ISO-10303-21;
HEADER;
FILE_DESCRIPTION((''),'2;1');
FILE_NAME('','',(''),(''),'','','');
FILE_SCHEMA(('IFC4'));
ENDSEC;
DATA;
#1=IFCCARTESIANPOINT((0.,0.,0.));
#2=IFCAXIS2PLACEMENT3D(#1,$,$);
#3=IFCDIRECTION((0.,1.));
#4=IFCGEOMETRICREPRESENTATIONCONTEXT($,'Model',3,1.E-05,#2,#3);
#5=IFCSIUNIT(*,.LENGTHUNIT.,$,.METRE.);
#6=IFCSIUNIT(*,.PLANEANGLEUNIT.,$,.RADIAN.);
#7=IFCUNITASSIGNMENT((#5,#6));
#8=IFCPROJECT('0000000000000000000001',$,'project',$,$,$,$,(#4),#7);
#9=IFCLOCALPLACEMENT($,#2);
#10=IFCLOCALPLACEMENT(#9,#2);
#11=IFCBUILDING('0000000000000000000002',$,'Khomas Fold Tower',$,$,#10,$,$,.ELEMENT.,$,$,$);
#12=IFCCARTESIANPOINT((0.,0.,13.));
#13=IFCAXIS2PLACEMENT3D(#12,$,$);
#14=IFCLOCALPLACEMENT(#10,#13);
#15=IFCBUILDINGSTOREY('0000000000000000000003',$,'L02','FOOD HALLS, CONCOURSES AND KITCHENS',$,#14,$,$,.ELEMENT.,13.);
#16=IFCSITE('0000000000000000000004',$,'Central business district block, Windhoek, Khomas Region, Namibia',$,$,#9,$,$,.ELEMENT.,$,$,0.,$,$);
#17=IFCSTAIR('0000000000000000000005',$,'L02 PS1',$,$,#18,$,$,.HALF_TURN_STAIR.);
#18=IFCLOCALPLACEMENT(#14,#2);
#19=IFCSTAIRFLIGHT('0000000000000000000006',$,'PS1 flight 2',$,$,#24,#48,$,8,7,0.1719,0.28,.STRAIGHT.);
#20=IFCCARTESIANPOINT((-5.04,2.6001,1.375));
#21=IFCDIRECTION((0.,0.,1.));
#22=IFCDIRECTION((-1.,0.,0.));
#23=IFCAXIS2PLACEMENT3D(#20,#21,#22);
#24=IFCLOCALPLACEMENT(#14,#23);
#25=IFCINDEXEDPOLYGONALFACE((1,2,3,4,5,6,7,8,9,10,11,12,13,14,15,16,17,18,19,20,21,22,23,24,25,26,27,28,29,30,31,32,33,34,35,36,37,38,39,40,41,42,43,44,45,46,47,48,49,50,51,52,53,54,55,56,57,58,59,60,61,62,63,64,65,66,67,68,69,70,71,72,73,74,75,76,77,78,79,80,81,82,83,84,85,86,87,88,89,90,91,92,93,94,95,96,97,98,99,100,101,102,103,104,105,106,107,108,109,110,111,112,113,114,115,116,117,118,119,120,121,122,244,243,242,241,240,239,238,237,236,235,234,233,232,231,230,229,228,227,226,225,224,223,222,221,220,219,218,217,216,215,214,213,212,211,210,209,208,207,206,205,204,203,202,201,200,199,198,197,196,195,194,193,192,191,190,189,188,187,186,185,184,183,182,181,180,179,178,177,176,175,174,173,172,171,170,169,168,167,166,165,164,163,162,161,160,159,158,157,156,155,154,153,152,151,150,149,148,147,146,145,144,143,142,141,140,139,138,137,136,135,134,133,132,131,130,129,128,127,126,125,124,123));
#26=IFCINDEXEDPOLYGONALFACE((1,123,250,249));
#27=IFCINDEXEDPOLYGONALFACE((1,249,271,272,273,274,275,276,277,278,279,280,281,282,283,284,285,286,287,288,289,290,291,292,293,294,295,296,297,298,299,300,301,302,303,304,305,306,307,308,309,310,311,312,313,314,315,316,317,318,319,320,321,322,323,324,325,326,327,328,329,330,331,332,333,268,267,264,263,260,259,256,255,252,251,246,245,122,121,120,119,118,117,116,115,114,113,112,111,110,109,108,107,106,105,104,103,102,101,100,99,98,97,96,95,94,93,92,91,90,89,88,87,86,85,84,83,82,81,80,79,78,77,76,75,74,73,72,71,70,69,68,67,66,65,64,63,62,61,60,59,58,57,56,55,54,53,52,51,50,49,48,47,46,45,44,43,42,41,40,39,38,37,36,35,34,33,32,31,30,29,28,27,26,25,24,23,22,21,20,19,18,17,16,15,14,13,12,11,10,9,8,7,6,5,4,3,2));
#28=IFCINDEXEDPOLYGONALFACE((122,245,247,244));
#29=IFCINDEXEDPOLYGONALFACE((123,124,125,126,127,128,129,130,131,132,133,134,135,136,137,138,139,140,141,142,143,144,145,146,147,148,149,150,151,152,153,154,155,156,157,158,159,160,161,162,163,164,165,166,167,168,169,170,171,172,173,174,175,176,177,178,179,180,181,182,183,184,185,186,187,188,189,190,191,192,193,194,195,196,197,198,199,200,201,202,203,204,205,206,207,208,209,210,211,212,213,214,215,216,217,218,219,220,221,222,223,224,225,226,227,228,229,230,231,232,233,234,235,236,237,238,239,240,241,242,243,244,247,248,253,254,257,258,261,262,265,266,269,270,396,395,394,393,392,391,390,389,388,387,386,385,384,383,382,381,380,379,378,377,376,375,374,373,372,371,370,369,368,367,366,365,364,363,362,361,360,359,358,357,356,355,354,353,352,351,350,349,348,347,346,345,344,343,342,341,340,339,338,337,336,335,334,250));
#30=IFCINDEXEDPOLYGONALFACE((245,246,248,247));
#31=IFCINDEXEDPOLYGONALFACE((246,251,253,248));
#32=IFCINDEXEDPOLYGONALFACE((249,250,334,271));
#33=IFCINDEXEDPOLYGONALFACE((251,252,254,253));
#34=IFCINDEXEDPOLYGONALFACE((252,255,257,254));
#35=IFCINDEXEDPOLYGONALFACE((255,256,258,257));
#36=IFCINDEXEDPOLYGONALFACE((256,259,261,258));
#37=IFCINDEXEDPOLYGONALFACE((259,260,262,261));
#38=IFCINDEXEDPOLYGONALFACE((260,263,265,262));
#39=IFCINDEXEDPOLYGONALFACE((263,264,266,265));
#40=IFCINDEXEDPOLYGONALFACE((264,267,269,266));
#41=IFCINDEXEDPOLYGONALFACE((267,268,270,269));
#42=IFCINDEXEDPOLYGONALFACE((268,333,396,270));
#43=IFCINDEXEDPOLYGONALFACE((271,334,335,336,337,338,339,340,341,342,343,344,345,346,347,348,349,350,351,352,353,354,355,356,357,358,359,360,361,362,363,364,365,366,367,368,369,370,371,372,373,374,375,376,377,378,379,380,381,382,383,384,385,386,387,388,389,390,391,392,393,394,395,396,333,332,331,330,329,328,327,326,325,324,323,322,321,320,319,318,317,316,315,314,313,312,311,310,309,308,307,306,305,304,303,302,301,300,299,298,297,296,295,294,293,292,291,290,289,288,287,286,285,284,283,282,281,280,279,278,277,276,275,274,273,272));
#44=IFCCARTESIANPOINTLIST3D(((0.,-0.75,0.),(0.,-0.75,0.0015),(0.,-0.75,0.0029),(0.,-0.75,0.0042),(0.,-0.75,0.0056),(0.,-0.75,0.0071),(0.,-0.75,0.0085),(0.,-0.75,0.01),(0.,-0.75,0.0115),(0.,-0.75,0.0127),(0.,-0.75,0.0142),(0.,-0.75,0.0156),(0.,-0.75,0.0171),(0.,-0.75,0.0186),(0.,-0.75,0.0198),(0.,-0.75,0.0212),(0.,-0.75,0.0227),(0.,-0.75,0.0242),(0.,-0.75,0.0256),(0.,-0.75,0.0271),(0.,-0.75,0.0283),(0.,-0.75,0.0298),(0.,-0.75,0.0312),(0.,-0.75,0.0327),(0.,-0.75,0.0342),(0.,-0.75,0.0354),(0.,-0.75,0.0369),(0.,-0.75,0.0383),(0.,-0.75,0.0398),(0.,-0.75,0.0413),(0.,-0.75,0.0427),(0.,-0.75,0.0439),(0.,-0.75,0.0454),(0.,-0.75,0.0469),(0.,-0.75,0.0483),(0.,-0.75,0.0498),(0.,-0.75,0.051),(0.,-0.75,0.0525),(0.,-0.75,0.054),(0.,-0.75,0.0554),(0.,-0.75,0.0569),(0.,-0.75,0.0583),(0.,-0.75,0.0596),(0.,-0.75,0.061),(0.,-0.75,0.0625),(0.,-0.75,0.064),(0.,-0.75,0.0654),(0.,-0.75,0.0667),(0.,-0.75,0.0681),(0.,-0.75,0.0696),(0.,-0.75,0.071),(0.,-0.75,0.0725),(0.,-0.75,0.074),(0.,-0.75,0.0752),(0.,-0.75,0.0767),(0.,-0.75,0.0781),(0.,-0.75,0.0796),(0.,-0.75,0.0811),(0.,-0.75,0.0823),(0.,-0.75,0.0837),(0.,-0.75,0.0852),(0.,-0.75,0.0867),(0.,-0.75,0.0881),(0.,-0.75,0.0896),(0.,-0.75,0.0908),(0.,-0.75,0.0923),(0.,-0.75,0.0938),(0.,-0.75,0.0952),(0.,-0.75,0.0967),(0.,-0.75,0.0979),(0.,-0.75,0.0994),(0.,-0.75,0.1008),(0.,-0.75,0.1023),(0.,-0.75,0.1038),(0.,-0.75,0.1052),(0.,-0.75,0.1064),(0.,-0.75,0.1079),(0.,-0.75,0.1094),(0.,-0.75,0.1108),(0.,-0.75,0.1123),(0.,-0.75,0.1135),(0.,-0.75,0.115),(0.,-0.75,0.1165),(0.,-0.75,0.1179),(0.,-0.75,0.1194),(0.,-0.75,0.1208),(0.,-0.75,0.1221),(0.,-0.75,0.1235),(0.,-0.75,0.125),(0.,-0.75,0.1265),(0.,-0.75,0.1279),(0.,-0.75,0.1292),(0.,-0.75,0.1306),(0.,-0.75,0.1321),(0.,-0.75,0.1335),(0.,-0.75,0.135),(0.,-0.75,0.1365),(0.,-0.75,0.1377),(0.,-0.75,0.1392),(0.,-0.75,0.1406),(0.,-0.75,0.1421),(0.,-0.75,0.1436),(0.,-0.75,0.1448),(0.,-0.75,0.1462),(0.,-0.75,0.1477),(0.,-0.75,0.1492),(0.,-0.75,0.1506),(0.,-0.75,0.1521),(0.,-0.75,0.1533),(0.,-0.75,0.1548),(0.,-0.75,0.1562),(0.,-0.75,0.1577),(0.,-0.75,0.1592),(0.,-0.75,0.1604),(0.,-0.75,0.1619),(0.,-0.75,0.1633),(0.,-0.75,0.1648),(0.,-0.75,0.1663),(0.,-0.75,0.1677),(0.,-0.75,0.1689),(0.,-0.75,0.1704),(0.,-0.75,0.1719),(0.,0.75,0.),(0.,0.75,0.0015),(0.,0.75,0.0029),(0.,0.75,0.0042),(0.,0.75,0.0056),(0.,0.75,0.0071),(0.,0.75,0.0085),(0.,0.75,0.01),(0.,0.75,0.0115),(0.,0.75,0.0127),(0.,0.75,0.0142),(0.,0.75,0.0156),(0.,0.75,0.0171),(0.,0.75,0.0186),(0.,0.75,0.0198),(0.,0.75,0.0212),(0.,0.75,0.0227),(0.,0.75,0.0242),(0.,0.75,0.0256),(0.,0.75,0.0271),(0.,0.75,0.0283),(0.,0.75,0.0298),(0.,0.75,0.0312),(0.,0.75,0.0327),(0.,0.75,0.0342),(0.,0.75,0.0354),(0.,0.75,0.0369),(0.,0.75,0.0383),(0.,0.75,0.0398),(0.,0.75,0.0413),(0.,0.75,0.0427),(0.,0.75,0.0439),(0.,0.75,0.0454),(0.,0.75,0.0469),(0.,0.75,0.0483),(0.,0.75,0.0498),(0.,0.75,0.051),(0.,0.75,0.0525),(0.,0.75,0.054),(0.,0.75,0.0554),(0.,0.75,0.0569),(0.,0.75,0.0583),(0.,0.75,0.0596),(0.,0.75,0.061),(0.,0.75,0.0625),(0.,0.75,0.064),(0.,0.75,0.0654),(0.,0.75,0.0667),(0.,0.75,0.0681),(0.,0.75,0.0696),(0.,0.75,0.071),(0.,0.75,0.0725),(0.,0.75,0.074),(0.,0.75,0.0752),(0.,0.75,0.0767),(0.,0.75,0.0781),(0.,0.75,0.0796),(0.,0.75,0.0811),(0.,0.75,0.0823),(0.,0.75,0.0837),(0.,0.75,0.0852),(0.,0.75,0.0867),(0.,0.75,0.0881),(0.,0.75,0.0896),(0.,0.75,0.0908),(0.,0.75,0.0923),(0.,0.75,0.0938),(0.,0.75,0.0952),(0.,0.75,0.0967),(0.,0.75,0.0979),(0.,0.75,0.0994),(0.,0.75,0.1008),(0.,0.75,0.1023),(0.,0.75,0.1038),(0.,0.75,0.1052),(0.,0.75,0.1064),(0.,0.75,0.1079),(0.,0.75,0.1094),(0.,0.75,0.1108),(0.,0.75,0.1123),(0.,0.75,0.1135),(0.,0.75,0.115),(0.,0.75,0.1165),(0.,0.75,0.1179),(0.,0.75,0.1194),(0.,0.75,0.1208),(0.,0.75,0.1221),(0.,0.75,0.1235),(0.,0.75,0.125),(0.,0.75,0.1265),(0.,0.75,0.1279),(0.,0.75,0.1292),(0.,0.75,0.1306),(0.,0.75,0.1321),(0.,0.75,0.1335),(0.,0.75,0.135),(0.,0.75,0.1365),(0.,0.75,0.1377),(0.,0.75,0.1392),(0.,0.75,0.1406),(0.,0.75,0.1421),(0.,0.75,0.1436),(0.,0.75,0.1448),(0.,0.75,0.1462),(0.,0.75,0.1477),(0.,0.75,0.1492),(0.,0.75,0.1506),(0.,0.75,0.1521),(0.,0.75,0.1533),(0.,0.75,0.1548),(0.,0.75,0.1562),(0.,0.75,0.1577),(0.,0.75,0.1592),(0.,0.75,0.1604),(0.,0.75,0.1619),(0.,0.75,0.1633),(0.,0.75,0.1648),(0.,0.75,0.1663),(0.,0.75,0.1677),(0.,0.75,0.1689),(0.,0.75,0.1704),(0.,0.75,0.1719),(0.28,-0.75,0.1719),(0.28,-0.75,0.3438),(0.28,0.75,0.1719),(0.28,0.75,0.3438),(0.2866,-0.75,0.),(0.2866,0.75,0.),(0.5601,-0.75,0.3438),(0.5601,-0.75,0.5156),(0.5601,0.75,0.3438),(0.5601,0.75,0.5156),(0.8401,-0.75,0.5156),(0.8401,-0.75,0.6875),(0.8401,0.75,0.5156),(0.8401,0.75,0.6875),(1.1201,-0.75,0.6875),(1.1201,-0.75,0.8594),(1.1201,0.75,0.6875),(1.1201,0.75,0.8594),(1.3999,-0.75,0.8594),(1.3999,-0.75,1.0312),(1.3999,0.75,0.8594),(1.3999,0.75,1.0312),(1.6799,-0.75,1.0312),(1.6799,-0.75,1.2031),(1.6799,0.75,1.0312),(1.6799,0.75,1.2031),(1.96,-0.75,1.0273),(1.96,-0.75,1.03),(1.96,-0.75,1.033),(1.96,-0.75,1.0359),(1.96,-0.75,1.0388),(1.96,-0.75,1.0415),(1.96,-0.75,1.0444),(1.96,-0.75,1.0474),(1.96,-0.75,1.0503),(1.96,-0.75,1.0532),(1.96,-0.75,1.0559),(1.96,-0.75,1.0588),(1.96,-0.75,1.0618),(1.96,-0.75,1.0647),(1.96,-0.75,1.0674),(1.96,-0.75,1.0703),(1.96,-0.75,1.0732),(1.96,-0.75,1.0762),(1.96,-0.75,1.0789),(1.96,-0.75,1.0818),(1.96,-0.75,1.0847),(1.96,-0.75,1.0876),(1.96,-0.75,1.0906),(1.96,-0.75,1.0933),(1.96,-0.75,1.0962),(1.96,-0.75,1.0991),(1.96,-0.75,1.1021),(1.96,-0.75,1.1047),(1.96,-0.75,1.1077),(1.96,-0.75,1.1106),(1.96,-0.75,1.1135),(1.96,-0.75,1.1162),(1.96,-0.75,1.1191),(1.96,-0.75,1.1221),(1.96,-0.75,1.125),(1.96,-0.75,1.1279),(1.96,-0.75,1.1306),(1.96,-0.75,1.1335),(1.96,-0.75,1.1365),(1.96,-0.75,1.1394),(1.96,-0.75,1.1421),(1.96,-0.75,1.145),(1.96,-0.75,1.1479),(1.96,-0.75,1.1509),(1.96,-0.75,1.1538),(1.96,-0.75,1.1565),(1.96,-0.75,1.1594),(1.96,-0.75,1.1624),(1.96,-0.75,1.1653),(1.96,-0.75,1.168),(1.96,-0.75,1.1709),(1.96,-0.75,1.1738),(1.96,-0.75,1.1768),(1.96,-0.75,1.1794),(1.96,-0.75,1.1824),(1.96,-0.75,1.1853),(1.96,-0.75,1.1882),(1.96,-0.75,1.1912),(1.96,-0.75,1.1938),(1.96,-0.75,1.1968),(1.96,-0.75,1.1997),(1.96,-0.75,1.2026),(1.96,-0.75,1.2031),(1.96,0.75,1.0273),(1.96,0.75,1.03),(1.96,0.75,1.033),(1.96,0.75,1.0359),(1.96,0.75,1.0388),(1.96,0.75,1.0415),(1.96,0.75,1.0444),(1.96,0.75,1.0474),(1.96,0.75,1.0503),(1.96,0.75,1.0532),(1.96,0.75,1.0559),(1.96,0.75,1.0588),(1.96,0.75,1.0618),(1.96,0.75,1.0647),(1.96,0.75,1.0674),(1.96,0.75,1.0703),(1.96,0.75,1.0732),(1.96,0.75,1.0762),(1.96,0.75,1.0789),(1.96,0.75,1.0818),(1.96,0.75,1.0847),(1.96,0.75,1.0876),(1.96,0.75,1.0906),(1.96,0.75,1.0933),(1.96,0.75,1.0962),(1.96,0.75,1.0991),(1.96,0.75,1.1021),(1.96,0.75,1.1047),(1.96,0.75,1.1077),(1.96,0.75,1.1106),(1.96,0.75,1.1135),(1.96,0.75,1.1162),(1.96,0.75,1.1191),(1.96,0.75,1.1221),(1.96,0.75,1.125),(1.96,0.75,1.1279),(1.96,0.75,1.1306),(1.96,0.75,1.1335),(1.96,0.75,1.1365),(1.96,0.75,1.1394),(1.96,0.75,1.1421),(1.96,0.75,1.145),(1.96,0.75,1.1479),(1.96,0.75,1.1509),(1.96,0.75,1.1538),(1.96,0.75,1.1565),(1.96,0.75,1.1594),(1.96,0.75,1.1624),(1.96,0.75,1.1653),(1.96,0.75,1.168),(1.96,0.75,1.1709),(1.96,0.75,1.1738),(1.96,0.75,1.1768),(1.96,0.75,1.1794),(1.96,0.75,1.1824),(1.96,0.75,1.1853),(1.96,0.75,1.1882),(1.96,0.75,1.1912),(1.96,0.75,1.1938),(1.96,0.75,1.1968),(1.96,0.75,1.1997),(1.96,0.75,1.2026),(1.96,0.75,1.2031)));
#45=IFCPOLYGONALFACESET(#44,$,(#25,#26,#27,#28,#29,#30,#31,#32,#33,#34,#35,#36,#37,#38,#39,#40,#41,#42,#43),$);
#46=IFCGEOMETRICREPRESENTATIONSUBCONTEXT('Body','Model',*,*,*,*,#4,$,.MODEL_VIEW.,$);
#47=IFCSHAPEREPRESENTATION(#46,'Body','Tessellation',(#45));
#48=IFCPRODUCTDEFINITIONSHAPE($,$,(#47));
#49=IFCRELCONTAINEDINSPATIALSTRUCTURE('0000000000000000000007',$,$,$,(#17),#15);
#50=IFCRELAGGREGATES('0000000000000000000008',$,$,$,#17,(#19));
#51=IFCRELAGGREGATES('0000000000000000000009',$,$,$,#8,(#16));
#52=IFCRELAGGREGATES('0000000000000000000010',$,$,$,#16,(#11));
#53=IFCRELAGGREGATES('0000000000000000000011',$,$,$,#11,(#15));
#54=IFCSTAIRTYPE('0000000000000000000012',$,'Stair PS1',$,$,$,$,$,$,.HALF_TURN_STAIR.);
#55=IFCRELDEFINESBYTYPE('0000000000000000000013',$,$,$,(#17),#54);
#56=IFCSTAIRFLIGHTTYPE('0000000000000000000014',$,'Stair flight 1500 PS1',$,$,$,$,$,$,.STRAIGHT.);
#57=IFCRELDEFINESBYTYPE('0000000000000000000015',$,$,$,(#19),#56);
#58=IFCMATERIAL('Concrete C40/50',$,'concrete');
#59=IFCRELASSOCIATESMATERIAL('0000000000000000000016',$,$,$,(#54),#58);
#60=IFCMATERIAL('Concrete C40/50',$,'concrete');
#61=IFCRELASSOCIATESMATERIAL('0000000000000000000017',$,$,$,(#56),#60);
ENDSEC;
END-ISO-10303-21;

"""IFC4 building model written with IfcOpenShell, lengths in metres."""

from ifc_helpers import new_model, si_unit, direction, frame, origin, place, context, subcontext, project, spatial, polyline, outline, extrude, source, transform, mapped, material, type_object, element, aggregate, save


model = new_model("IFC4")

# Units and contexts
model_context = context("Model", 3, precision=1e-05, world=origin(), true_north=direction((0.0, 1.0)))
body_context = subcontext(model_context, "Body", "Model", "MODEL_VIEW")
ifc_project = project(units=[si_unit("LENGTHUNIT", "METRE"), si_unit("PLANEANGLEUNIT", "RADIAN")], contexts=[model_context])

# Site, building, storey
site_placement = place(None, origin())
site = spatial("IfcSite", under=ifc_project, at=site_placement, Name="Central business district block, Windhoek, Khomas Region, Namibia", CompositionType="ELEMENT", RefElevation=0.0)
building_placement = place(site_placement, origin())
building = spatial("IfcBuilding", under=site, at=building_placement, Name="Khomas Fold Tower", CompositionType="ELEMENT")
storey_placement = place(building_placement, frame((0.0, 0.0, 13.0)))
storey = spatial("IfcBuildingStorey", under=building, at=storey_placement, Name="L02", Description="FOOD HALLS, CONCOURSES AND KITCHENS", CompositionType="ELEMENT", Elevation=13.0)

# Stair, stair flight
ifc_material_1 = material(Name="Concrete C40/50", Category="concrete")
stair_type = type_object("IfcStairType", Name="Stair PS1", PredefinedType="HALF_TURN_STAIR", material=ifc_material_1)
stair_placement = place(storey_placement, origin())
stair = element("IfcStair", 1, at=stair_placement, inside=storey, type_object=stair_type, Name="L02 PS1", PredefinedType="HALF_TURN_STAIR")
ifc_material_2 = material(Name="Concrete C40/50", Category="concrete")
stair_flight_type = type_object("IfcStairFlightType", Name="Stair flight 1500 PS1", PredefinedType="STRAIGHT", material=ifc_material_2)
shared_shape_1 = source(origin(), body_context, "Body", "SweptSolid", [
    extrude(outline(polyline([(0.0, 0.0), (0.0, 0.0015), (0.0, 0.0029), (0.0, 0.0042), (0.0, 0.0056), (0.0, 0.0071), (0.0, 0.0085), (0.0, 0.01), (0.0, 0.0115), (0.0, 0.0127), (0.0, 0.0142), (0.0, 0.0156), (0.0, 0.0171), (0.0, 0.0186), (0.0, 0.0198), (0.0, 0.0212), (0.0, 0.0227), (0.0, 0.0242), (0.0, 0.0256), (0.0, 0.0271), (0.0, 0.0283), (0.0, 0.0298), (0.0, 0.0312), (0.0, 0.0327), (0.0, 0.0342), (0.0, 0.0354), (0.0, 0.0369), (0.0, 0.0383), (0.0, 0.0398), (0.0, 0.0413), (0.0, 0.0427), (0.0, 0.0439), (0.0, 0.0454), (0.0, 0.0469), (0.0, 0.0483), (0.0, 0.0498), (0.0, 0.051), (0.0, 0.0525), (0.0, 0.054), (0.0, 0.0554), (0.0, 0.0569), (0.0, 0.0583), (0.0, 0.0596), (0.0, 0.061), (0.0, 0.0625), (0.0, 0.064), (0.0, 0.0654), (0.0, 0.0667), (0.0, 0.0681), (0.0, 0.0696), (0.0, 0.071), (0.0, 0.0725), (0.0, 0.074), (0.0, 0.0752), (0.0, 0.0767), (0.0, 0.0781), (0.0, 0.0796), (0.0, 0.0811), (0.0, 0.0823), (0.0, 0.0837), (0.0, 0.0852), (0.0, 0.0867), (0.0, 0.0881), (0.0, 0.0896), (0.0, 0.0908), (0.0, 0.0923), (0.0, 0.0938), (0.0, 0.0952), (0.0, 0.0967), (0.0, 0.0979), (0.0, 0.0994), (0.0, 0.1008), (0.0, 0.1023), (0.0, 0.1038), (0.0, 0.1052), (0.0, 0.1064), (0.0, 0.1079), (0.0, 0.1094), (0.0, 0.1108), (0.0, 0.1123), (0.0, 0.1135), (0.0, 0.115), (0.0, 0.1165), (0.0, 0.1179), (0.0, 0.1194), (0.0, 0.1208), (0.0, 0.1221), (0.0, 0.1235), (0.0, 0.125), (0.0, 0.1265), (0.0, 0.1279), (0.0, 0.1292), (0.0, 0.1306), (0.0, 0.1321), (0.0, 0.1335), (0.0, 0.135), (0.0, 0.1365), (0.0, 0.1377), (0.0, 0.1392), (0.0, 0.1406), (0.0, 0.1421), (0.0, 0.1436), (0.0, 0.1448), (0.0, 0.1462), (0.0, 0.1477), (0.0, 0.1492), (0.0, 0.1506), (0.0, 0.1521), (0.0, 0.1533), (0.0, 0.1548), (0.0, 0.1562), (0.0, 0.1577), (0.0, 0.1592), (0.0, 0.1604), (0.0, 0.1619), (0.0, 0.1633), (0.0, 0.1648), (0.0, 0.1663), (0.0, 0.1677), (0.0, 0.1689), (0.0, 0.1704), (0.0, 0.1719), (0.28, 0.1719), (0.28, 0.3438), (0.5601, 0.3438), (0.5601, 0.5156), (0.8401, 0.5156), (0.8401, 0.6875), (1.1201, 0.6875), (1.1201, 0.8594), (1.3999, 0.8594), (1.3999, 1.0312), (1.6799, 1.0312), (1.6799, 1.2031), (1.96, 1.2031), (1.96, 1.375), (1.96, 1.3721), (1.96, 1.3691), (1.96, 1.3665), (1.96, 1.3635), (1.96, 1.3606), (1.96, 1.3577), (1.96, 1.355), (1.96, 1.3521), (1.96, 1.3491), (1.96, 1.3462), (1.96, 1.3435), (1.96, 1.3406), (1.96, 1.3376), (1.96, 1.3347), (1.96, 1.3318), (1.96, 1.3291), (1.96, 1.3262), (1.96, 1.3232), (1.96, 1.3203), (1.96, 1.3176), (1.96, 1.3147), (1.96, 1.3118), (1.96, 1.3088), (1.96, 1.3059), (1.96, 1.3032), (1.96, 1.3003), (1.96, 1.2974), (1.96, 1.2944), (1.96, 1.2917), (1.96, 1.2888), (1.96, 1.2859), (1.96, 1.283), (1.96, 1.2803), (1.96, 1.2773), (1.96, 1.2744), (1.96, 1.2715), (1.96, 1.2686), (1.96, 1.2659), (1.96, 1.2629), (1.96, 1.26), (1.96, 1.2571), (1.96, 1.2544), (1.96, 1.2515), (1.96, 1.2485), (1.96, 1.2456), (1.96, 1.2427), (1.96, 1.24), (1.96, 1.2371), (1.96, 1.2341), (1.96, 1.2312), (1.96, 1.2285), (1.96, 1.2256), (1.96, 1.2227), (1.96, 1.2197), (1.96, 1.217), (1.96, 1.2141), (1.96, 1.2112), (1.96, 1.2083), (1.96, 1.2053), (1.96, 1.2026), (1.96, 1.1997), (1.96, 1.1968), (1.96, 1.1938), (1.96, 1.1912), (1.96, 1.1882), (1.96, 1.1853), (1.96, 1.1824), (1.96, 1.1794), (1.96, 1.1768), (1.96, 1.1738), (1.96, 1.1709), (1.96, 1.168), (1.96, 1.1653), (1.96, 1.1624), (1.96, 1.1594), (1.96, 1.1565), (1.96, 1.1538), (1.96, 1.1509), (1.96, 1.1479), (1.96, 1.145), (1.96, 1.1421), (1.96, 1.1394), (1.96, 1.1365), (1.96, 1.1335), (1.96, 1.1306), (1.96, 1.1279), (1.96, 1.125), (1.96, 1.1221), (1.96, 1.1191), (1.96, 1.1162), (1.96, 1.1135), (1.96, 1.1106), (1.96, 1.1077), (1.96, 1.1047), (1.96, 1.1021), (1.96, 1.0991), (1.96, 1.0962), (1.96, 1.0933), (1.96, 1.0906), (1.96, 1.0876), (1.96, 1.0847), (1.96, 1.0818), (1.96, 1.0789), (1.96, 1.0762), (1.96, 1.0732), (1.96, 1.0703), (1.96, 1.0674), (1.96, 1.0647), (1.96, 1.0618), (1.96, 1.0588), (1.96, 1.0559), (1.96, 1.0532), (1.96, 1.0503), (1.96, 1.0474), (1.96, 1.0444), (1.96, 1.0415), (1.96, 1.0388), (1.96, 1.0359), (1.96, 1.033), (1.96, 1.03), (1.96, 1.0273), (0.2866, 0.0), (0.0, 0.0)])), frame((0.0, 0.75, 0.0), z_axis=(0.0, -1.0, 0.0), x_axis=(1.0, 0.0, 0.0)), (0.0, 0.0, 1.0), 1.5),
])
stair_flight_1_placement = place(storey_placement, frame((-5.04, 2.6001, 1.375), z_axis=(0.0, 0.0, 1.0), x_axis=(-1.0, 0.0, 0.0)))
stair_flight_1 = element("IfcStairFlight", 2, at=stair_flight_1_placement, type_object=stair_flight_type, Name="PS1 flight 2", NumberOfRisers=8, NumberOfTreads=7, PredefinedType="STRAIGHT", RiserHeight=0.1719, TreadLength=0.28, context=body_context, shape_type="MappedRepresentation", body=[
    mapped(shared_shape_1, transform((0.0, 0.0, 0.0))),
])
aggregate(stair, [stair_flight_1])

save(model, "model.ifc")
